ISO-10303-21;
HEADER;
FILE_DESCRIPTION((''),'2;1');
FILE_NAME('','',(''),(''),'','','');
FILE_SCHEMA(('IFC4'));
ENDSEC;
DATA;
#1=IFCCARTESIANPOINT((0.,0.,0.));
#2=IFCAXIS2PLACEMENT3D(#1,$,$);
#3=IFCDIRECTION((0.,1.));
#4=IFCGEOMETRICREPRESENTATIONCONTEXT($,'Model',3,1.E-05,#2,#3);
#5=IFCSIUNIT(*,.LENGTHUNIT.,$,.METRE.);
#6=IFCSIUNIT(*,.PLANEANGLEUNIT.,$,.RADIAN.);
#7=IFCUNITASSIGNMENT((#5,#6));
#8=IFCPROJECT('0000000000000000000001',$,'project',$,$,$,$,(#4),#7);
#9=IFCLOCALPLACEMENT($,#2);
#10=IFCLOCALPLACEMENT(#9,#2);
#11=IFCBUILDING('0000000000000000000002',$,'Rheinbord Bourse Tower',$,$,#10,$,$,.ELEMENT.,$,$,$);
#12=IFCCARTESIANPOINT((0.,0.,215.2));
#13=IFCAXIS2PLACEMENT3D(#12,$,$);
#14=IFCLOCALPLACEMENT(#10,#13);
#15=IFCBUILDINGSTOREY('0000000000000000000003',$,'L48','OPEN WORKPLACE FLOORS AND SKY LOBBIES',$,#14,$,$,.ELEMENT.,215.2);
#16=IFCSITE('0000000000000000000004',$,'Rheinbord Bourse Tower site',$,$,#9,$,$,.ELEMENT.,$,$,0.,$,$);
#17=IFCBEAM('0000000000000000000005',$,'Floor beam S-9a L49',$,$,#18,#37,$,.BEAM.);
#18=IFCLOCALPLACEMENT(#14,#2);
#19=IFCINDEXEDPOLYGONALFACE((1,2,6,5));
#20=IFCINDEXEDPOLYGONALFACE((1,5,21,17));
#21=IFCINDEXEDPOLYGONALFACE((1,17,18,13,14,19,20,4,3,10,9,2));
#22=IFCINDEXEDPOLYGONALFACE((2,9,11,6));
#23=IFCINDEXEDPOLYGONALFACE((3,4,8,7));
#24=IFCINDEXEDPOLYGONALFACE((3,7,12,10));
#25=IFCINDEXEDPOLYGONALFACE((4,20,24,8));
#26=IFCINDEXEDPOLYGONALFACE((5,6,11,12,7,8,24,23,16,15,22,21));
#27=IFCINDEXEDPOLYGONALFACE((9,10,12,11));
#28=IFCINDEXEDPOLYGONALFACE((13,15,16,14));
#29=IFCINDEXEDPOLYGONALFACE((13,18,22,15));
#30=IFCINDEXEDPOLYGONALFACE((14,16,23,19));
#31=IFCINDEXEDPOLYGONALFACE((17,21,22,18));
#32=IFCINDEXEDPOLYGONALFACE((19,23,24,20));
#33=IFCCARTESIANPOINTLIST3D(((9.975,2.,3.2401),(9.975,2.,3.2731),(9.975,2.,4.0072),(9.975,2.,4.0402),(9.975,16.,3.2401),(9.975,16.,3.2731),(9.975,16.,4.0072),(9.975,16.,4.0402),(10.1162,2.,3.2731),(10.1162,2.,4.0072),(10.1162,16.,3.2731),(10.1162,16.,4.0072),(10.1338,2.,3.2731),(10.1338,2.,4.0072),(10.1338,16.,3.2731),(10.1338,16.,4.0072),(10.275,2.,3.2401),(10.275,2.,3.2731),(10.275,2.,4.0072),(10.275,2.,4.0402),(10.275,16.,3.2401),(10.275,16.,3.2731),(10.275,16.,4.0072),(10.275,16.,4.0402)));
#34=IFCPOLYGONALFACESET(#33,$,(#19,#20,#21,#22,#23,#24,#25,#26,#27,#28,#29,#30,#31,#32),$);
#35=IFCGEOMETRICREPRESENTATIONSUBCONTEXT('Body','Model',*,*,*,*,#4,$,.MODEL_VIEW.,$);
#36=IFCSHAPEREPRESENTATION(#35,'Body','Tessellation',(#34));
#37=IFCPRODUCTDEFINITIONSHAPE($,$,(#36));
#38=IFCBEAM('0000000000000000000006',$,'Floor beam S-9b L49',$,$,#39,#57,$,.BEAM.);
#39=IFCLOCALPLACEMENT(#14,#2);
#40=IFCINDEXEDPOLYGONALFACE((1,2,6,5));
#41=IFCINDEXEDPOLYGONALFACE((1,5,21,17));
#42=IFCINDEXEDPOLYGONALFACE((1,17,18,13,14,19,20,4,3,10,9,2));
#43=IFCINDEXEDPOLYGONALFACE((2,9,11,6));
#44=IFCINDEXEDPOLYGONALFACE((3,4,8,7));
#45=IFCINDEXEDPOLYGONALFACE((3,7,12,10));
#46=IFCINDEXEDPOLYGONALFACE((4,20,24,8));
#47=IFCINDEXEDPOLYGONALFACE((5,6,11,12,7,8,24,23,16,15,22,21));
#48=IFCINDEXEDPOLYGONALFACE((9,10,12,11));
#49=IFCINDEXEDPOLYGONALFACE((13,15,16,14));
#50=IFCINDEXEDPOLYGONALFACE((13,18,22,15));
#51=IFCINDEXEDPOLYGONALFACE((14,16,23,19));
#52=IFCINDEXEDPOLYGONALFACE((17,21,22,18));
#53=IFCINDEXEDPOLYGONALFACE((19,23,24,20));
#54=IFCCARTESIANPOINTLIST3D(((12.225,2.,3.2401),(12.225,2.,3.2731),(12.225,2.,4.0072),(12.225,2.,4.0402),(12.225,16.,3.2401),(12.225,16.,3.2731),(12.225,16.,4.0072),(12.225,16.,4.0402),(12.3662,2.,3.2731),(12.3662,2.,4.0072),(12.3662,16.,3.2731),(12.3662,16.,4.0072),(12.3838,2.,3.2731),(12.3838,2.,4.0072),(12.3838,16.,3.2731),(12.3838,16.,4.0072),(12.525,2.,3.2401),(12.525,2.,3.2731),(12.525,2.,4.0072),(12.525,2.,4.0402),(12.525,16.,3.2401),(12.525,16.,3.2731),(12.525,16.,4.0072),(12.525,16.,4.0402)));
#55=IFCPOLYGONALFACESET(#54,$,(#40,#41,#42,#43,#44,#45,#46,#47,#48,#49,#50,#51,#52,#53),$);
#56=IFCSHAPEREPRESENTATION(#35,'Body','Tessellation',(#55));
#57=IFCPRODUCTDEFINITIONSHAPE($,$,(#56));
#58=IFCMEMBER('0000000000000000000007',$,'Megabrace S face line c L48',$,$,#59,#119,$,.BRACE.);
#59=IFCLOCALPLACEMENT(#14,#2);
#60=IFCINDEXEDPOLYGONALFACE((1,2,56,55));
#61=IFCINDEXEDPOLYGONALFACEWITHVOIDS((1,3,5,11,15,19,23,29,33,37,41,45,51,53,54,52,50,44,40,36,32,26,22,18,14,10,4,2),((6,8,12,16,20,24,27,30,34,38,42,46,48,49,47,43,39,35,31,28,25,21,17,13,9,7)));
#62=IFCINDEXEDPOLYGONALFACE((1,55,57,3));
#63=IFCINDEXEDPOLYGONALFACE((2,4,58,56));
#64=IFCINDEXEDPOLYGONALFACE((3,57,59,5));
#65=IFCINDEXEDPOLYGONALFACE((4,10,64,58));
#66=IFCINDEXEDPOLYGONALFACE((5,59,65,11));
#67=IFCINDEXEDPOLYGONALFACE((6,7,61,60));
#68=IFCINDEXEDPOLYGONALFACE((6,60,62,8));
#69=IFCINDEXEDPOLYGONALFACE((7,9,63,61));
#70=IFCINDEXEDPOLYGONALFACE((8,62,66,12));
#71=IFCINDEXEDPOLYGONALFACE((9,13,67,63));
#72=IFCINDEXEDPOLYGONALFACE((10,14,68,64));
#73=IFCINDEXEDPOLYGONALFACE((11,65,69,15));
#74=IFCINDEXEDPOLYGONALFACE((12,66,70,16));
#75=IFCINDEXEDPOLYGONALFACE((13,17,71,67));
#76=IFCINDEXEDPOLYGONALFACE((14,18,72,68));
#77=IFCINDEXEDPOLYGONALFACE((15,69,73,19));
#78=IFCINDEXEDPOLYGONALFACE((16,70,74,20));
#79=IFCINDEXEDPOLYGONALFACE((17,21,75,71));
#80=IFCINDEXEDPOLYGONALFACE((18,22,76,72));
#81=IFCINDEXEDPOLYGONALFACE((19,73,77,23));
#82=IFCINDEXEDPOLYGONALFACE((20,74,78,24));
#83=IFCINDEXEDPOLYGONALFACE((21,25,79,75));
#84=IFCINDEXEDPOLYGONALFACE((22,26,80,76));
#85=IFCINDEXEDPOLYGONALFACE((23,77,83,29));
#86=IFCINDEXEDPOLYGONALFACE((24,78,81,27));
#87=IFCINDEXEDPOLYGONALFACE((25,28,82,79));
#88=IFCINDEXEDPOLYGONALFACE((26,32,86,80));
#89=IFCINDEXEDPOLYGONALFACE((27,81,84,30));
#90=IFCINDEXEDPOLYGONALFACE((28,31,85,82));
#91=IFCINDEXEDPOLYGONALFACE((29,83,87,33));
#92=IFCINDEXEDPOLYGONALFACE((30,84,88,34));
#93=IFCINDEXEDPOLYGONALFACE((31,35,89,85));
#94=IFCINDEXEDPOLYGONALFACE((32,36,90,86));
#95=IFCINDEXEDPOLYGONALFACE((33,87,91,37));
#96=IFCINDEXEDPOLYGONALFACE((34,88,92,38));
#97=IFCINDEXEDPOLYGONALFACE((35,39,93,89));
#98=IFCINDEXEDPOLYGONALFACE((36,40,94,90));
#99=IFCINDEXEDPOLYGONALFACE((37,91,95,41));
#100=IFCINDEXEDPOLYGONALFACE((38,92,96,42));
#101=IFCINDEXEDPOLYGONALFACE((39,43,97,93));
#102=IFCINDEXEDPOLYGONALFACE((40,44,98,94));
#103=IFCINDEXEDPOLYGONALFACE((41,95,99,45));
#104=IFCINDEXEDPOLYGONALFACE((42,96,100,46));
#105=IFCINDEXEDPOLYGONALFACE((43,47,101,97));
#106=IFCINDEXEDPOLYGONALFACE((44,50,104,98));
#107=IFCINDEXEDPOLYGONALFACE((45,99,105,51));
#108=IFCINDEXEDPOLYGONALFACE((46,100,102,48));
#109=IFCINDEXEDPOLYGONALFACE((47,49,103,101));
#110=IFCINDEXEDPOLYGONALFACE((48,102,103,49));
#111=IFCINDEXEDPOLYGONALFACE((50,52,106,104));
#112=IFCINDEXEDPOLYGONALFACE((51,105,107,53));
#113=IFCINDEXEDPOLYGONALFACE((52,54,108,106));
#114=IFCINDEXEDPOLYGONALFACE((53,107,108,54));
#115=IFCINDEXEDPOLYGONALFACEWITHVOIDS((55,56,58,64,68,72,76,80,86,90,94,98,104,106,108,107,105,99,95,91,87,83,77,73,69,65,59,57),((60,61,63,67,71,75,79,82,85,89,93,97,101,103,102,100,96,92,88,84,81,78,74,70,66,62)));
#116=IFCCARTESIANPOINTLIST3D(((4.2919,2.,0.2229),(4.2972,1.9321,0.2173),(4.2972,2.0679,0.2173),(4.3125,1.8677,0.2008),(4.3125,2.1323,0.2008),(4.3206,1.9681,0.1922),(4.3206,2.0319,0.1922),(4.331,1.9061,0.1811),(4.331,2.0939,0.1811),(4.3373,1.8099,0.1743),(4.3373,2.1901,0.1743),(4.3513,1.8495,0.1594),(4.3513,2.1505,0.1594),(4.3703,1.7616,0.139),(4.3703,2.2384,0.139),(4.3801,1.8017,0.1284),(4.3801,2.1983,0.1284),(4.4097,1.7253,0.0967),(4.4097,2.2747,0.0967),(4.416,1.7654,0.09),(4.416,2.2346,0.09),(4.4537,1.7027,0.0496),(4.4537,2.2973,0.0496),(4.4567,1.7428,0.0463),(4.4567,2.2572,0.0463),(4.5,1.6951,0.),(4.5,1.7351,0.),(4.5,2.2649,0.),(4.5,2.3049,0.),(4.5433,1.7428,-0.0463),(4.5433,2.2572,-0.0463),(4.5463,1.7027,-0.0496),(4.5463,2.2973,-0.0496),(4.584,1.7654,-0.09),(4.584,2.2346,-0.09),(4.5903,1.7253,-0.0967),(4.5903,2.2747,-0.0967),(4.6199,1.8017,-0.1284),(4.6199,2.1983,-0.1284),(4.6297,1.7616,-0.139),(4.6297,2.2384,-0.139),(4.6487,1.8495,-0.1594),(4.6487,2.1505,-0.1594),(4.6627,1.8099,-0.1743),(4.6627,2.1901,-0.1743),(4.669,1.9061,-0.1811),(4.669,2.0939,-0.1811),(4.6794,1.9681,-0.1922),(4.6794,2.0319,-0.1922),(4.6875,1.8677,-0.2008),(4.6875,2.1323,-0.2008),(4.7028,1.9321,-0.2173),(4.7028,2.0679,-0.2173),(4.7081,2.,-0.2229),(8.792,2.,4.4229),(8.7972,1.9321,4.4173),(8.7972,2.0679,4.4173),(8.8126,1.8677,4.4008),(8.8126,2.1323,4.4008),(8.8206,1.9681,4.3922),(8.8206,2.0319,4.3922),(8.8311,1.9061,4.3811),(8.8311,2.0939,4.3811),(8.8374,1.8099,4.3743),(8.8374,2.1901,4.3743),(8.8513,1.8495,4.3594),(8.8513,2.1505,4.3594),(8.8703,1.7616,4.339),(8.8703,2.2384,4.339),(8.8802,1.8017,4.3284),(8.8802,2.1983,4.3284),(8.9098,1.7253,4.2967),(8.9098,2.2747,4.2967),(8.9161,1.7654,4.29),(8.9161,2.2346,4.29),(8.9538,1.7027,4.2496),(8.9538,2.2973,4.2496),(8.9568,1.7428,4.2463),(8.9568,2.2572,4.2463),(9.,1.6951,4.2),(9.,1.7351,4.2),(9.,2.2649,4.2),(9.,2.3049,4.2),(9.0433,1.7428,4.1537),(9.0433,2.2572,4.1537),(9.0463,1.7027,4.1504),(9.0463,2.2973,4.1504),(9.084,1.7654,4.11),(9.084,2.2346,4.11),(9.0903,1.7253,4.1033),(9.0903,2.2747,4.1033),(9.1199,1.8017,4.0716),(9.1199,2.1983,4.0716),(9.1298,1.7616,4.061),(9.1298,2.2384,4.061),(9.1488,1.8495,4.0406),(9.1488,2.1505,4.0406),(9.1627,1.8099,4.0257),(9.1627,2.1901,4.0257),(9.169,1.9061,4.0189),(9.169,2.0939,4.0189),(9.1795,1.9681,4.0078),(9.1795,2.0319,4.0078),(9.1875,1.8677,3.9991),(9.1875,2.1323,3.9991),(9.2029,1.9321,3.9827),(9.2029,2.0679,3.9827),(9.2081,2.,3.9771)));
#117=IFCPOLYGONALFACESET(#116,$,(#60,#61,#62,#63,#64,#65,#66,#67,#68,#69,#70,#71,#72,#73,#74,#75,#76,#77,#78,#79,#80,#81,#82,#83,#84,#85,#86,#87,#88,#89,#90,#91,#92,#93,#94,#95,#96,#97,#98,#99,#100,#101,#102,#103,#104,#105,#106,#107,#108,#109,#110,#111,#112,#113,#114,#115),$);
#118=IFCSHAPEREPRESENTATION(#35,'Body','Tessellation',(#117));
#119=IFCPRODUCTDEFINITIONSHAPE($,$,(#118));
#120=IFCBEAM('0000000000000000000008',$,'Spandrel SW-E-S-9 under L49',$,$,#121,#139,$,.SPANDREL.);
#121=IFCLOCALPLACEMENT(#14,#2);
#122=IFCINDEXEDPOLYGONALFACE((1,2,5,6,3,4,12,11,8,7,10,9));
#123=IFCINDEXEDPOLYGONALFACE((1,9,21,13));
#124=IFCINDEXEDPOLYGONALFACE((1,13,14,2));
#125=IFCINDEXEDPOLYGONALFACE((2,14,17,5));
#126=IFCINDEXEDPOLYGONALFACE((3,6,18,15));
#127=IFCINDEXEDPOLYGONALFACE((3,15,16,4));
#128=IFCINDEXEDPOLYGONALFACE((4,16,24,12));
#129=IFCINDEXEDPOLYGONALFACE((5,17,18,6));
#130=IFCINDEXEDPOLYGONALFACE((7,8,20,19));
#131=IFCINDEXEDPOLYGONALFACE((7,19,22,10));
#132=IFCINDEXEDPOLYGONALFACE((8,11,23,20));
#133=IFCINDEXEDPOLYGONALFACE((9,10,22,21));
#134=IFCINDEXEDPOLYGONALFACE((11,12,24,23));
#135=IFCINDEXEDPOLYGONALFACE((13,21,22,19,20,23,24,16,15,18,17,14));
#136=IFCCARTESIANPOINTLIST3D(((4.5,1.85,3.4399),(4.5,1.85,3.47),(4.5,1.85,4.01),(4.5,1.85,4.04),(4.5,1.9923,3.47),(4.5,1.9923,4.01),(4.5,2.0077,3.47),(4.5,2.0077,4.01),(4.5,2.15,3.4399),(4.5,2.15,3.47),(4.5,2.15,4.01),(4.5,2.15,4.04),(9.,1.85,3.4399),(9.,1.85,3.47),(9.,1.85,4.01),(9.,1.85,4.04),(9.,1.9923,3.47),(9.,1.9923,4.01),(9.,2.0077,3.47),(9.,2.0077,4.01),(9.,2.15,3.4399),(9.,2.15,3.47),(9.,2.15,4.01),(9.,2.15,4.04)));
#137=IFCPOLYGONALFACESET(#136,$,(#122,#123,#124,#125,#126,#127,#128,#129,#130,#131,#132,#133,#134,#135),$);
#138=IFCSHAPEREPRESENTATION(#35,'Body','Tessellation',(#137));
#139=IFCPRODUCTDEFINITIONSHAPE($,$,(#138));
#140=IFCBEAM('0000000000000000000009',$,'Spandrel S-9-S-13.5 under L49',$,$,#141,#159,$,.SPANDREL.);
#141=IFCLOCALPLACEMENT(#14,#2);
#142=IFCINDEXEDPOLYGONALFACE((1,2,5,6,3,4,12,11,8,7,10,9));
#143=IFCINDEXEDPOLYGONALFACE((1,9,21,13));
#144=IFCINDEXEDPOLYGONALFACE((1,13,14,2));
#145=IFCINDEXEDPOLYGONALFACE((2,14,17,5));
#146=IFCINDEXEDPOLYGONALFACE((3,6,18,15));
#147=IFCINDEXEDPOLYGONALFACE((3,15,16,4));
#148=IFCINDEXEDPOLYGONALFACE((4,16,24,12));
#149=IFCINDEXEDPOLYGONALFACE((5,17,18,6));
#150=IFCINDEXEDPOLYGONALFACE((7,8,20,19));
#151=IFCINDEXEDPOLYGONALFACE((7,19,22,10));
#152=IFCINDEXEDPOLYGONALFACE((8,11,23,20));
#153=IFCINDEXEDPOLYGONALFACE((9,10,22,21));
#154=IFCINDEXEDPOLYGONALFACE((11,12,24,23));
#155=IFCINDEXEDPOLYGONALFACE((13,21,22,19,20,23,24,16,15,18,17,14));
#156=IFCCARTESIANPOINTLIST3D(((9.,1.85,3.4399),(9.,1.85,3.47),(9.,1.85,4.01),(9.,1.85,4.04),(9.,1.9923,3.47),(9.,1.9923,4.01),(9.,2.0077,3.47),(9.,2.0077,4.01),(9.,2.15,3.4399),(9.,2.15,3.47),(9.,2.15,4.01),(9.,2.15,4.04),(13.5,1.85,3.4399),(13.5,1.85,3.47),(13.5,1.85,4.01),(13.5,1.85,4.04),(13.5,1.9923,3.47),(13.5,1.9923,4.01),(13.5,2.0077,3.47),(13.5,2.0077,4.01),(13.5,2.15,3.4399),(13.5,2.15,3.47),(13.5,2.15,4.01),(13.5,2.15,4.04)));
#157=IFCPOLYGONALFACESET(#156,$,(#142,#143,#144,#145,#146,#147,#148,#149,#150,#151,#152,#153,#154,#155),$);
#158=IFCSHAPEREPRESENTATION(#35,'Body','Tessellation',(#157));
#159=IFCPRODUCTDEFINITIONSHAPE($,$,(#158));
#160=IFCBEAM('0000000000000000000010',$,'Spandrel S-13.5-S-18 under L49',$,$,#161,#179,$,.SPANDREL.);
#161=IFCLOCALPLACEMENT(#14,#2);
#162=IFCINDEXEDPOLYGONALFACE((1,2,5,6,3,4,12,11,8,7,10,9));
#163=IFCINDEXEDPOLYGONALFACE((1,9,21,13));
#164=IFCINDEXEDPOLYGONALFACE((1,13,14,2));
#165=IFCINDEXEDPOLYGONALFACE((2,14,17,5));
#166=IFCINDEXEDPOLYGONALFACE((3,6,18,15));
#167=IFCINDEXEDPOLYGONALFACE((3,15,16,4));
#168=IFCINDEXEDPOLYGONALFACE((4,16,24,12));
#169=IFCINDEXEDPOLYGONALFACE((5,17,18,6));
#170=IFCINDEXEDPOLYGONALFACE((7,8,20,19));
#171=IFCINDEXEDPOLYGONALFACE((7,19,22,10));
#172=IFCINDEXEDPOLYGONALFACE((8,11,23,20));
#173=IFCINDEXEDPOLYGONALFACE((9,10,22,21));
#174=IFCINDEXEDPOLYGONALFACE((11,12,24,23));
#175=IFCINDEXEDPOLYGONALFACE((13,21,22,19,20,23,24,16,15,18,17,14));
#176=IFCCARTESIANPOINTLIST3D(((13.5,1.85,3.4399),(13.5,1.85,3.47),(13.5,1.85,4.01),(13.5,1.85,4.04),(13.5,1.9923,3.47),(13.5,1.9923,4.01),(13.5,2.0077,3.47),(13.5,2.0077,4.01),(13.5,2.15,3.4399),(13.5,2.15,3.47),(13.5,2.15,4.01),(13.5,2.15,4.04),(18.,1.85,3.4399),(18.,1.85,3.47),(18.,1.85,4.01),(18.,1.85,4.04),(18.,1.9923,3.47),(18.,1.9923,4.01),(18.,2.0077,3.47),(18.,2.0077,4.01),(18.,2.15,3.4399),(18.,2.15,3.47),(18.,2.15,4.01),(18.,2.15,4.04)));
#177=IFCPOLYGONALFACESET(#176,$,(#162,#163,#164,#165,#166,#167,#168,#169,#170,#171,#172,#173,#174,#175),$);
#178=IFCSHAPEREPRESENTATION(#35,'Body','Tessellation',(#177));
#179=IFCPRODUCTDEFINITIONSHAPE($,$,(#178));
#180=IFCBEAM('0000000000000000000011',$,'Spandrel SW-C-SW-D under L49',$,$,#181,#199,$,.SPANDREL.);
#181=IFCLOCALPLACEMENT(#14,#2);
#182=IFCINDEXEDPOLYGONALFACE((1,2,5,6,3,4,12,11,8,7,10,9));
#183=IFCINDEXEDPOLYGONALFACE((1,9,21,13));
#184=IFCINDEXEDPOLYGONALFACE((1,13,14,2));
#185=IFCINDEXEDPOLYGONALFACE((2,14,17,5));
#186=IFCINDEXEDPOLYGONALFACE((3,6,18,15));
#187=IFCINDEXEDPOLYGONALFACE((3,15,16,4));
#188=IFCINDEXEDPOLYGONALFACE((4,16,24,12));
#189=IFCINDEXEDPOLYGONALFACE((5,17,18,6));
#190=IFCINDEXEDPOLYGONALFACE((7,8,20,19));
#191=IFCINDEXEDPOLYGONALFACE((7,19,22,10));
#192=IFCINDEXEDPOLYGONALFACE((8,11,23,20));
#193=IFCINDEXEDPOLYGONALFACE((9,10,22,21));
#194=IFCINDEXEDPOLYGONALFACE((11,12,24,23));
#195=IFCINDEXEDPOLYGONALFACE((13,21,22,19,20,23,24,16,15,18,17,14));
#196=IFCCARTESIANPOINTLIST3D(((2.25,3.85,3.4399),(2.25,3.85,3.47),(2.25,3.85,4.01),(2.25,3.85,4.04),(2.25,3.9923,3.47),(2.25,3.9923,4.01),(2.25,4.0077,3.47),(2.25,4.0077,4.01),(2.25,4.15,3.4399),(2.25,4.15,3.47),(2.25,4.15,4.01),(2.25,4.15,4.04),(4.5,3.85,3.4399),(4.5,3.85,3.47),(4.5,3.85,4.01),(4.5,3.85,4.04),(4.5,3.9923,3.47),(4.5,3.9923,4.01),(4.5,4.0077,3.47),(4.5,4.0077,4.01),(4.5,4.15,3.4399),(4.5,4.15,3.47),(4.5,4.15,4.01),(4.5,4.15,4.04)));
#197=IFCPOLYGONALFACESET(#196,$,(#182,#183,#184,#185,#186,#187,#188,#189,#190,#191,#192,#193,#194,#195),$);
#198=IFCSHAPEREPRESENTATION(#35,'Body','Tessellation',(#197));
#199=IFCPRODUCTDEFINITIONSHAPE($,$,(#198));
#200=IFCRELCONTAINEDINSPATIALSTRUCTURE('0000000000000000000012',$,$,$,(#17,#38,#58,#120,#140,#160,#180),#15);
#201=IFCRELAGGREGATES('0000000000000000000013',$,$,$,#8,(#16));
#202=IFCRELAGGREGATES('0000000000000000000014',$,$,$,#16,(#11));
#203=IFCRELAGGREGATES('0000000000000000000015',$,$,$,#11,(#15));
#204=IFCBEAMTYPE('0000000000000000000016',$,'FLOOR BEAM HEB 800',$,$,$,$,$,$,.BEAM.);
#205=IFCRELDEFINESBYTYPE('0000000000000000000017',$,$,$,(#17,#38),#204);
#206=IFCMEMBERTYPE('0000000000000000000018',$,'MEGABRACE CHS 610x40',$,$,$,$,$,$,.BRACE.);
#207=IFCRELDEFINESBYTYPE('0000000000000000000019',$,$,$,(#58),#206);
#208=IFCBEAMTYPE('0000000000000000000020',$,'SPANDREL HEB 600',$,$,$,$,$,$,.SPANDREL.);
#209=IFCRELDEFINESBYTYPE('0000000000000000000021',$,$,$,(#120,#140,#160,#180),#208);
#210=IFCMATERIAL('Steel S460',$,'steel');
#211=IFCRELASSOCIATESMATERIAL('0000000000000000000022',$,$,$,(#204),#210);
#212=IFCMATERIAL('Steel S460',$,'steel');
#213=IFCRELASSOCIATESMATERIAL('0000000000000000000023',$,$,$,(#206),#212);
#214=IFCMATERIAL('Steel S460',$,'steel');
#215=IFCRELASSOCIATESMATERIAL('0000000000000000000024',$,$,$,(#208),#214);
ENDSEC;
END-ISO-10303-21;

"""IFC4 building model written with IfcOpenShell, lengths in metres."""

from ifc_helpers import new_model, si_unit, direction, frame, origin, origin_2d, place, context, subcontext, project, spatial, hollow_circle, i_section, extrude, material, material_profile, profile_set, type_object, element, save


model = new_model("IFC4")

# Units and contexts
model_context = context("Model", 3, precision=1e-05, world=origin(), true_north=direction((0.0, 1.0)))
body_context = subcontext(model_context, "Body", "Model", "MODEL_VIEW")
ifc_project = project(units=[si_unit("LENGTHUNIT", "METRE"), si_unit("PLANEANGLEUNIT", "RADIAN")], contexts=[model_context])

# Site, building, storey
site_placement = place(None, origin())
site = spatial("IfcSite", under=ifc_project, at=site_placement, Name="Rheinbord Bourse Tower site", CompositionType="ELEMENT", RefElevation=0.0)
building_placement = place(site_placement, origin())
building = spatial("IfcBuilding", under=site, at=building_placement, Name="Rheinbord Bourse Tower", CompositionType="ELEMENT")
storey_placement = place(building_placement, frame((0.0, 0.0, 215.2)))
storey = spatial("IfcBuildingStorey", under=building, at=storey_placement, Name="L48", Description="OPEN WORKPLACE FLOORS AND SKY LOBBIES", CompositionType="ELEMENT", Elevation=215.2)

# Beams
ifc_material_1 = material(Name="Steel S460", Category="steel")
ifc_material_profile_1 = material_profile(ifc_material_1, i_section(OverallWidth=0.3, OverallDepth=0.8, WebThickness=0.0176, FlangeThickness=0.033, at=origin_2d()), Name="HEB 800")
ifc_profile_set_1 = profile_set([ifc_material_profile_1], Name="Steel S460")
beam_type_1 = type_object("IfcBeamType", Name="FLOOR BEAM HEB 800", PredefinedType="BEAM", material=ifc_profile_set_1)
for number, where, z_axis, x_axis, name in (
    (1, (10.125, 2.0, 3.6401), (0.0, 1.0, 0.0), (-1.0, 0.0, 0.0), "Floor beam S-9a L49"),
    (2, (12.375, 2.0, 3.6401), (0.0, 1.0, 0.0), (-1.0, 0.0, 0.0), "Floor beam S-9b L49"),
):
    element("IfcBeam", number, at=place(storey_placement, frame(where, z_axis=z_axis, x_axis=x_axis)), inside=storey, type_object=beam_type_1, Name=name, PredefinedType="BEAM", context=body_context, shape_type="SweptSolid", body=[
        extrude(i_section(OverallWidth=0.3, OverallDepth=0.8, WebThickness=0.0176, FlangeThickness=0.033, at=origin_2d()), origin(), (0.0, 0.0, 1.0), 14.0),
    ])

# Member
ifc_material_2 = material(Name="Steel S460", Category="steel")
ifc_material_profile_2 = material_profile(ifc_material_2, hollow_circle(Radius=0.3049, WallThickness=0.04, at=origin_2d()), Name="CHS 610x40")
ifc_profile_set_2 = profile_set([ifc_material_profile_2], Name="Steel S460")
member_type_1 = type_object("IfcMemberType", Name="MEGABRACE CHS 610x40", PredefinedType="BRACE", material=ifc_profile_set_2)
member_1_placement = place(storey_placement, frame((4.5, 2.0, 0.0), z_axis=(0.731059, 0.0, 0.682314), x_axis=(0.0, 1.0, 0.0)))
element("IfcMember", 3, at=member_1_placement, inside=storey, type_object=member_type_1, Name="Megabrace S face line c L48", PredefinedType="BRACE", context=body_context, shape_type="SweptSolid", body=[
    extrude(hollow_circle(Radius=0.3049, WallThickness=0.04, at=origin_2d()), origin(), (0.0, 0.0, 1.0), 6.1555),
])

# Beams
ifc_material_3 = material(Name="Steel S460", Category="steel")
ifc_material_profile_3 = material_profile(ifc_material_3, i_section(OverallWidth=0.3, OverallDepth=0.6001, WebThickness=0.0154, FlangeThickness=0.03, at=origin_2d()), Name="HEB 600")
ifc_profile_set_3 = profile_set([ifc_material_profile_3], Name="Steel S460")
beam_type_2 = type_object("IfcBeamType", Name="SPANDREL HEB 600", PredefinedType="SPANDREL", material=ifc_profile_set_3)
for number, where, z_axis, x_axis, name in (
    (4, (4.5, 2.0, 3.74), (1.0, 0.0, 0.0), (0.0, 1.0, 0.0), "Spandrel SW-E-S-9 under L49"),
    (5, (9.0, 2.0, 3.74), (1.0, 0.0, 0.0), (0.0, 1.0, 0.0), "Spandrel S-9-S-13.5 under L49"),
    (6, (13.5, 2.0, 3.74), (1.0, 0.0, 0.0), (0.0, 1.0, 0.0), "Spandrel S-13.5-S-18 under L49"),
):
    element("IfcBeam", number, at=place(storey_placement, frame(where, z_axis=z_axis, x_axis=x_axis)), inside=storey, type_object=beam_type_2, Name=name, PredefinedType="SPANDREL", context=body_context, shape_type="SweptSolid", body=[
        extrude(i_section(OverallWidth=0.3, OverallDepth=0.6001, WebThickness=0.0154, FlangeThickness=0.03, at=origin_2d()), origin(), (0.0, 0.0, 1.0), 4.5),
    ])
beam_1_placement = place(storey_placement, frame((2.25, 4.0, 3.74), z_axis=(1.0, 0.0, 0.0), x_axis=(0.0, 1.0, 0.0)))
element("IfcBeam", 7, at=beam_1_placement, inside=storey, type_object=beam_type_2, Name="Spandrel SW-C-SW-D under L49", PredefinedType="SPANDREL", context=body_context, shape_type="SweptSolid", body=[
    extrude(i_section(OverallWidth=0.3, OverallDepth=0.6001, WebThickness=0.0154, FlangeThickness=0.03, at=origin_2d()), origin(), (0.0, 0.0, 1.0), 2.25),
])

save(model, "model.ifc")
